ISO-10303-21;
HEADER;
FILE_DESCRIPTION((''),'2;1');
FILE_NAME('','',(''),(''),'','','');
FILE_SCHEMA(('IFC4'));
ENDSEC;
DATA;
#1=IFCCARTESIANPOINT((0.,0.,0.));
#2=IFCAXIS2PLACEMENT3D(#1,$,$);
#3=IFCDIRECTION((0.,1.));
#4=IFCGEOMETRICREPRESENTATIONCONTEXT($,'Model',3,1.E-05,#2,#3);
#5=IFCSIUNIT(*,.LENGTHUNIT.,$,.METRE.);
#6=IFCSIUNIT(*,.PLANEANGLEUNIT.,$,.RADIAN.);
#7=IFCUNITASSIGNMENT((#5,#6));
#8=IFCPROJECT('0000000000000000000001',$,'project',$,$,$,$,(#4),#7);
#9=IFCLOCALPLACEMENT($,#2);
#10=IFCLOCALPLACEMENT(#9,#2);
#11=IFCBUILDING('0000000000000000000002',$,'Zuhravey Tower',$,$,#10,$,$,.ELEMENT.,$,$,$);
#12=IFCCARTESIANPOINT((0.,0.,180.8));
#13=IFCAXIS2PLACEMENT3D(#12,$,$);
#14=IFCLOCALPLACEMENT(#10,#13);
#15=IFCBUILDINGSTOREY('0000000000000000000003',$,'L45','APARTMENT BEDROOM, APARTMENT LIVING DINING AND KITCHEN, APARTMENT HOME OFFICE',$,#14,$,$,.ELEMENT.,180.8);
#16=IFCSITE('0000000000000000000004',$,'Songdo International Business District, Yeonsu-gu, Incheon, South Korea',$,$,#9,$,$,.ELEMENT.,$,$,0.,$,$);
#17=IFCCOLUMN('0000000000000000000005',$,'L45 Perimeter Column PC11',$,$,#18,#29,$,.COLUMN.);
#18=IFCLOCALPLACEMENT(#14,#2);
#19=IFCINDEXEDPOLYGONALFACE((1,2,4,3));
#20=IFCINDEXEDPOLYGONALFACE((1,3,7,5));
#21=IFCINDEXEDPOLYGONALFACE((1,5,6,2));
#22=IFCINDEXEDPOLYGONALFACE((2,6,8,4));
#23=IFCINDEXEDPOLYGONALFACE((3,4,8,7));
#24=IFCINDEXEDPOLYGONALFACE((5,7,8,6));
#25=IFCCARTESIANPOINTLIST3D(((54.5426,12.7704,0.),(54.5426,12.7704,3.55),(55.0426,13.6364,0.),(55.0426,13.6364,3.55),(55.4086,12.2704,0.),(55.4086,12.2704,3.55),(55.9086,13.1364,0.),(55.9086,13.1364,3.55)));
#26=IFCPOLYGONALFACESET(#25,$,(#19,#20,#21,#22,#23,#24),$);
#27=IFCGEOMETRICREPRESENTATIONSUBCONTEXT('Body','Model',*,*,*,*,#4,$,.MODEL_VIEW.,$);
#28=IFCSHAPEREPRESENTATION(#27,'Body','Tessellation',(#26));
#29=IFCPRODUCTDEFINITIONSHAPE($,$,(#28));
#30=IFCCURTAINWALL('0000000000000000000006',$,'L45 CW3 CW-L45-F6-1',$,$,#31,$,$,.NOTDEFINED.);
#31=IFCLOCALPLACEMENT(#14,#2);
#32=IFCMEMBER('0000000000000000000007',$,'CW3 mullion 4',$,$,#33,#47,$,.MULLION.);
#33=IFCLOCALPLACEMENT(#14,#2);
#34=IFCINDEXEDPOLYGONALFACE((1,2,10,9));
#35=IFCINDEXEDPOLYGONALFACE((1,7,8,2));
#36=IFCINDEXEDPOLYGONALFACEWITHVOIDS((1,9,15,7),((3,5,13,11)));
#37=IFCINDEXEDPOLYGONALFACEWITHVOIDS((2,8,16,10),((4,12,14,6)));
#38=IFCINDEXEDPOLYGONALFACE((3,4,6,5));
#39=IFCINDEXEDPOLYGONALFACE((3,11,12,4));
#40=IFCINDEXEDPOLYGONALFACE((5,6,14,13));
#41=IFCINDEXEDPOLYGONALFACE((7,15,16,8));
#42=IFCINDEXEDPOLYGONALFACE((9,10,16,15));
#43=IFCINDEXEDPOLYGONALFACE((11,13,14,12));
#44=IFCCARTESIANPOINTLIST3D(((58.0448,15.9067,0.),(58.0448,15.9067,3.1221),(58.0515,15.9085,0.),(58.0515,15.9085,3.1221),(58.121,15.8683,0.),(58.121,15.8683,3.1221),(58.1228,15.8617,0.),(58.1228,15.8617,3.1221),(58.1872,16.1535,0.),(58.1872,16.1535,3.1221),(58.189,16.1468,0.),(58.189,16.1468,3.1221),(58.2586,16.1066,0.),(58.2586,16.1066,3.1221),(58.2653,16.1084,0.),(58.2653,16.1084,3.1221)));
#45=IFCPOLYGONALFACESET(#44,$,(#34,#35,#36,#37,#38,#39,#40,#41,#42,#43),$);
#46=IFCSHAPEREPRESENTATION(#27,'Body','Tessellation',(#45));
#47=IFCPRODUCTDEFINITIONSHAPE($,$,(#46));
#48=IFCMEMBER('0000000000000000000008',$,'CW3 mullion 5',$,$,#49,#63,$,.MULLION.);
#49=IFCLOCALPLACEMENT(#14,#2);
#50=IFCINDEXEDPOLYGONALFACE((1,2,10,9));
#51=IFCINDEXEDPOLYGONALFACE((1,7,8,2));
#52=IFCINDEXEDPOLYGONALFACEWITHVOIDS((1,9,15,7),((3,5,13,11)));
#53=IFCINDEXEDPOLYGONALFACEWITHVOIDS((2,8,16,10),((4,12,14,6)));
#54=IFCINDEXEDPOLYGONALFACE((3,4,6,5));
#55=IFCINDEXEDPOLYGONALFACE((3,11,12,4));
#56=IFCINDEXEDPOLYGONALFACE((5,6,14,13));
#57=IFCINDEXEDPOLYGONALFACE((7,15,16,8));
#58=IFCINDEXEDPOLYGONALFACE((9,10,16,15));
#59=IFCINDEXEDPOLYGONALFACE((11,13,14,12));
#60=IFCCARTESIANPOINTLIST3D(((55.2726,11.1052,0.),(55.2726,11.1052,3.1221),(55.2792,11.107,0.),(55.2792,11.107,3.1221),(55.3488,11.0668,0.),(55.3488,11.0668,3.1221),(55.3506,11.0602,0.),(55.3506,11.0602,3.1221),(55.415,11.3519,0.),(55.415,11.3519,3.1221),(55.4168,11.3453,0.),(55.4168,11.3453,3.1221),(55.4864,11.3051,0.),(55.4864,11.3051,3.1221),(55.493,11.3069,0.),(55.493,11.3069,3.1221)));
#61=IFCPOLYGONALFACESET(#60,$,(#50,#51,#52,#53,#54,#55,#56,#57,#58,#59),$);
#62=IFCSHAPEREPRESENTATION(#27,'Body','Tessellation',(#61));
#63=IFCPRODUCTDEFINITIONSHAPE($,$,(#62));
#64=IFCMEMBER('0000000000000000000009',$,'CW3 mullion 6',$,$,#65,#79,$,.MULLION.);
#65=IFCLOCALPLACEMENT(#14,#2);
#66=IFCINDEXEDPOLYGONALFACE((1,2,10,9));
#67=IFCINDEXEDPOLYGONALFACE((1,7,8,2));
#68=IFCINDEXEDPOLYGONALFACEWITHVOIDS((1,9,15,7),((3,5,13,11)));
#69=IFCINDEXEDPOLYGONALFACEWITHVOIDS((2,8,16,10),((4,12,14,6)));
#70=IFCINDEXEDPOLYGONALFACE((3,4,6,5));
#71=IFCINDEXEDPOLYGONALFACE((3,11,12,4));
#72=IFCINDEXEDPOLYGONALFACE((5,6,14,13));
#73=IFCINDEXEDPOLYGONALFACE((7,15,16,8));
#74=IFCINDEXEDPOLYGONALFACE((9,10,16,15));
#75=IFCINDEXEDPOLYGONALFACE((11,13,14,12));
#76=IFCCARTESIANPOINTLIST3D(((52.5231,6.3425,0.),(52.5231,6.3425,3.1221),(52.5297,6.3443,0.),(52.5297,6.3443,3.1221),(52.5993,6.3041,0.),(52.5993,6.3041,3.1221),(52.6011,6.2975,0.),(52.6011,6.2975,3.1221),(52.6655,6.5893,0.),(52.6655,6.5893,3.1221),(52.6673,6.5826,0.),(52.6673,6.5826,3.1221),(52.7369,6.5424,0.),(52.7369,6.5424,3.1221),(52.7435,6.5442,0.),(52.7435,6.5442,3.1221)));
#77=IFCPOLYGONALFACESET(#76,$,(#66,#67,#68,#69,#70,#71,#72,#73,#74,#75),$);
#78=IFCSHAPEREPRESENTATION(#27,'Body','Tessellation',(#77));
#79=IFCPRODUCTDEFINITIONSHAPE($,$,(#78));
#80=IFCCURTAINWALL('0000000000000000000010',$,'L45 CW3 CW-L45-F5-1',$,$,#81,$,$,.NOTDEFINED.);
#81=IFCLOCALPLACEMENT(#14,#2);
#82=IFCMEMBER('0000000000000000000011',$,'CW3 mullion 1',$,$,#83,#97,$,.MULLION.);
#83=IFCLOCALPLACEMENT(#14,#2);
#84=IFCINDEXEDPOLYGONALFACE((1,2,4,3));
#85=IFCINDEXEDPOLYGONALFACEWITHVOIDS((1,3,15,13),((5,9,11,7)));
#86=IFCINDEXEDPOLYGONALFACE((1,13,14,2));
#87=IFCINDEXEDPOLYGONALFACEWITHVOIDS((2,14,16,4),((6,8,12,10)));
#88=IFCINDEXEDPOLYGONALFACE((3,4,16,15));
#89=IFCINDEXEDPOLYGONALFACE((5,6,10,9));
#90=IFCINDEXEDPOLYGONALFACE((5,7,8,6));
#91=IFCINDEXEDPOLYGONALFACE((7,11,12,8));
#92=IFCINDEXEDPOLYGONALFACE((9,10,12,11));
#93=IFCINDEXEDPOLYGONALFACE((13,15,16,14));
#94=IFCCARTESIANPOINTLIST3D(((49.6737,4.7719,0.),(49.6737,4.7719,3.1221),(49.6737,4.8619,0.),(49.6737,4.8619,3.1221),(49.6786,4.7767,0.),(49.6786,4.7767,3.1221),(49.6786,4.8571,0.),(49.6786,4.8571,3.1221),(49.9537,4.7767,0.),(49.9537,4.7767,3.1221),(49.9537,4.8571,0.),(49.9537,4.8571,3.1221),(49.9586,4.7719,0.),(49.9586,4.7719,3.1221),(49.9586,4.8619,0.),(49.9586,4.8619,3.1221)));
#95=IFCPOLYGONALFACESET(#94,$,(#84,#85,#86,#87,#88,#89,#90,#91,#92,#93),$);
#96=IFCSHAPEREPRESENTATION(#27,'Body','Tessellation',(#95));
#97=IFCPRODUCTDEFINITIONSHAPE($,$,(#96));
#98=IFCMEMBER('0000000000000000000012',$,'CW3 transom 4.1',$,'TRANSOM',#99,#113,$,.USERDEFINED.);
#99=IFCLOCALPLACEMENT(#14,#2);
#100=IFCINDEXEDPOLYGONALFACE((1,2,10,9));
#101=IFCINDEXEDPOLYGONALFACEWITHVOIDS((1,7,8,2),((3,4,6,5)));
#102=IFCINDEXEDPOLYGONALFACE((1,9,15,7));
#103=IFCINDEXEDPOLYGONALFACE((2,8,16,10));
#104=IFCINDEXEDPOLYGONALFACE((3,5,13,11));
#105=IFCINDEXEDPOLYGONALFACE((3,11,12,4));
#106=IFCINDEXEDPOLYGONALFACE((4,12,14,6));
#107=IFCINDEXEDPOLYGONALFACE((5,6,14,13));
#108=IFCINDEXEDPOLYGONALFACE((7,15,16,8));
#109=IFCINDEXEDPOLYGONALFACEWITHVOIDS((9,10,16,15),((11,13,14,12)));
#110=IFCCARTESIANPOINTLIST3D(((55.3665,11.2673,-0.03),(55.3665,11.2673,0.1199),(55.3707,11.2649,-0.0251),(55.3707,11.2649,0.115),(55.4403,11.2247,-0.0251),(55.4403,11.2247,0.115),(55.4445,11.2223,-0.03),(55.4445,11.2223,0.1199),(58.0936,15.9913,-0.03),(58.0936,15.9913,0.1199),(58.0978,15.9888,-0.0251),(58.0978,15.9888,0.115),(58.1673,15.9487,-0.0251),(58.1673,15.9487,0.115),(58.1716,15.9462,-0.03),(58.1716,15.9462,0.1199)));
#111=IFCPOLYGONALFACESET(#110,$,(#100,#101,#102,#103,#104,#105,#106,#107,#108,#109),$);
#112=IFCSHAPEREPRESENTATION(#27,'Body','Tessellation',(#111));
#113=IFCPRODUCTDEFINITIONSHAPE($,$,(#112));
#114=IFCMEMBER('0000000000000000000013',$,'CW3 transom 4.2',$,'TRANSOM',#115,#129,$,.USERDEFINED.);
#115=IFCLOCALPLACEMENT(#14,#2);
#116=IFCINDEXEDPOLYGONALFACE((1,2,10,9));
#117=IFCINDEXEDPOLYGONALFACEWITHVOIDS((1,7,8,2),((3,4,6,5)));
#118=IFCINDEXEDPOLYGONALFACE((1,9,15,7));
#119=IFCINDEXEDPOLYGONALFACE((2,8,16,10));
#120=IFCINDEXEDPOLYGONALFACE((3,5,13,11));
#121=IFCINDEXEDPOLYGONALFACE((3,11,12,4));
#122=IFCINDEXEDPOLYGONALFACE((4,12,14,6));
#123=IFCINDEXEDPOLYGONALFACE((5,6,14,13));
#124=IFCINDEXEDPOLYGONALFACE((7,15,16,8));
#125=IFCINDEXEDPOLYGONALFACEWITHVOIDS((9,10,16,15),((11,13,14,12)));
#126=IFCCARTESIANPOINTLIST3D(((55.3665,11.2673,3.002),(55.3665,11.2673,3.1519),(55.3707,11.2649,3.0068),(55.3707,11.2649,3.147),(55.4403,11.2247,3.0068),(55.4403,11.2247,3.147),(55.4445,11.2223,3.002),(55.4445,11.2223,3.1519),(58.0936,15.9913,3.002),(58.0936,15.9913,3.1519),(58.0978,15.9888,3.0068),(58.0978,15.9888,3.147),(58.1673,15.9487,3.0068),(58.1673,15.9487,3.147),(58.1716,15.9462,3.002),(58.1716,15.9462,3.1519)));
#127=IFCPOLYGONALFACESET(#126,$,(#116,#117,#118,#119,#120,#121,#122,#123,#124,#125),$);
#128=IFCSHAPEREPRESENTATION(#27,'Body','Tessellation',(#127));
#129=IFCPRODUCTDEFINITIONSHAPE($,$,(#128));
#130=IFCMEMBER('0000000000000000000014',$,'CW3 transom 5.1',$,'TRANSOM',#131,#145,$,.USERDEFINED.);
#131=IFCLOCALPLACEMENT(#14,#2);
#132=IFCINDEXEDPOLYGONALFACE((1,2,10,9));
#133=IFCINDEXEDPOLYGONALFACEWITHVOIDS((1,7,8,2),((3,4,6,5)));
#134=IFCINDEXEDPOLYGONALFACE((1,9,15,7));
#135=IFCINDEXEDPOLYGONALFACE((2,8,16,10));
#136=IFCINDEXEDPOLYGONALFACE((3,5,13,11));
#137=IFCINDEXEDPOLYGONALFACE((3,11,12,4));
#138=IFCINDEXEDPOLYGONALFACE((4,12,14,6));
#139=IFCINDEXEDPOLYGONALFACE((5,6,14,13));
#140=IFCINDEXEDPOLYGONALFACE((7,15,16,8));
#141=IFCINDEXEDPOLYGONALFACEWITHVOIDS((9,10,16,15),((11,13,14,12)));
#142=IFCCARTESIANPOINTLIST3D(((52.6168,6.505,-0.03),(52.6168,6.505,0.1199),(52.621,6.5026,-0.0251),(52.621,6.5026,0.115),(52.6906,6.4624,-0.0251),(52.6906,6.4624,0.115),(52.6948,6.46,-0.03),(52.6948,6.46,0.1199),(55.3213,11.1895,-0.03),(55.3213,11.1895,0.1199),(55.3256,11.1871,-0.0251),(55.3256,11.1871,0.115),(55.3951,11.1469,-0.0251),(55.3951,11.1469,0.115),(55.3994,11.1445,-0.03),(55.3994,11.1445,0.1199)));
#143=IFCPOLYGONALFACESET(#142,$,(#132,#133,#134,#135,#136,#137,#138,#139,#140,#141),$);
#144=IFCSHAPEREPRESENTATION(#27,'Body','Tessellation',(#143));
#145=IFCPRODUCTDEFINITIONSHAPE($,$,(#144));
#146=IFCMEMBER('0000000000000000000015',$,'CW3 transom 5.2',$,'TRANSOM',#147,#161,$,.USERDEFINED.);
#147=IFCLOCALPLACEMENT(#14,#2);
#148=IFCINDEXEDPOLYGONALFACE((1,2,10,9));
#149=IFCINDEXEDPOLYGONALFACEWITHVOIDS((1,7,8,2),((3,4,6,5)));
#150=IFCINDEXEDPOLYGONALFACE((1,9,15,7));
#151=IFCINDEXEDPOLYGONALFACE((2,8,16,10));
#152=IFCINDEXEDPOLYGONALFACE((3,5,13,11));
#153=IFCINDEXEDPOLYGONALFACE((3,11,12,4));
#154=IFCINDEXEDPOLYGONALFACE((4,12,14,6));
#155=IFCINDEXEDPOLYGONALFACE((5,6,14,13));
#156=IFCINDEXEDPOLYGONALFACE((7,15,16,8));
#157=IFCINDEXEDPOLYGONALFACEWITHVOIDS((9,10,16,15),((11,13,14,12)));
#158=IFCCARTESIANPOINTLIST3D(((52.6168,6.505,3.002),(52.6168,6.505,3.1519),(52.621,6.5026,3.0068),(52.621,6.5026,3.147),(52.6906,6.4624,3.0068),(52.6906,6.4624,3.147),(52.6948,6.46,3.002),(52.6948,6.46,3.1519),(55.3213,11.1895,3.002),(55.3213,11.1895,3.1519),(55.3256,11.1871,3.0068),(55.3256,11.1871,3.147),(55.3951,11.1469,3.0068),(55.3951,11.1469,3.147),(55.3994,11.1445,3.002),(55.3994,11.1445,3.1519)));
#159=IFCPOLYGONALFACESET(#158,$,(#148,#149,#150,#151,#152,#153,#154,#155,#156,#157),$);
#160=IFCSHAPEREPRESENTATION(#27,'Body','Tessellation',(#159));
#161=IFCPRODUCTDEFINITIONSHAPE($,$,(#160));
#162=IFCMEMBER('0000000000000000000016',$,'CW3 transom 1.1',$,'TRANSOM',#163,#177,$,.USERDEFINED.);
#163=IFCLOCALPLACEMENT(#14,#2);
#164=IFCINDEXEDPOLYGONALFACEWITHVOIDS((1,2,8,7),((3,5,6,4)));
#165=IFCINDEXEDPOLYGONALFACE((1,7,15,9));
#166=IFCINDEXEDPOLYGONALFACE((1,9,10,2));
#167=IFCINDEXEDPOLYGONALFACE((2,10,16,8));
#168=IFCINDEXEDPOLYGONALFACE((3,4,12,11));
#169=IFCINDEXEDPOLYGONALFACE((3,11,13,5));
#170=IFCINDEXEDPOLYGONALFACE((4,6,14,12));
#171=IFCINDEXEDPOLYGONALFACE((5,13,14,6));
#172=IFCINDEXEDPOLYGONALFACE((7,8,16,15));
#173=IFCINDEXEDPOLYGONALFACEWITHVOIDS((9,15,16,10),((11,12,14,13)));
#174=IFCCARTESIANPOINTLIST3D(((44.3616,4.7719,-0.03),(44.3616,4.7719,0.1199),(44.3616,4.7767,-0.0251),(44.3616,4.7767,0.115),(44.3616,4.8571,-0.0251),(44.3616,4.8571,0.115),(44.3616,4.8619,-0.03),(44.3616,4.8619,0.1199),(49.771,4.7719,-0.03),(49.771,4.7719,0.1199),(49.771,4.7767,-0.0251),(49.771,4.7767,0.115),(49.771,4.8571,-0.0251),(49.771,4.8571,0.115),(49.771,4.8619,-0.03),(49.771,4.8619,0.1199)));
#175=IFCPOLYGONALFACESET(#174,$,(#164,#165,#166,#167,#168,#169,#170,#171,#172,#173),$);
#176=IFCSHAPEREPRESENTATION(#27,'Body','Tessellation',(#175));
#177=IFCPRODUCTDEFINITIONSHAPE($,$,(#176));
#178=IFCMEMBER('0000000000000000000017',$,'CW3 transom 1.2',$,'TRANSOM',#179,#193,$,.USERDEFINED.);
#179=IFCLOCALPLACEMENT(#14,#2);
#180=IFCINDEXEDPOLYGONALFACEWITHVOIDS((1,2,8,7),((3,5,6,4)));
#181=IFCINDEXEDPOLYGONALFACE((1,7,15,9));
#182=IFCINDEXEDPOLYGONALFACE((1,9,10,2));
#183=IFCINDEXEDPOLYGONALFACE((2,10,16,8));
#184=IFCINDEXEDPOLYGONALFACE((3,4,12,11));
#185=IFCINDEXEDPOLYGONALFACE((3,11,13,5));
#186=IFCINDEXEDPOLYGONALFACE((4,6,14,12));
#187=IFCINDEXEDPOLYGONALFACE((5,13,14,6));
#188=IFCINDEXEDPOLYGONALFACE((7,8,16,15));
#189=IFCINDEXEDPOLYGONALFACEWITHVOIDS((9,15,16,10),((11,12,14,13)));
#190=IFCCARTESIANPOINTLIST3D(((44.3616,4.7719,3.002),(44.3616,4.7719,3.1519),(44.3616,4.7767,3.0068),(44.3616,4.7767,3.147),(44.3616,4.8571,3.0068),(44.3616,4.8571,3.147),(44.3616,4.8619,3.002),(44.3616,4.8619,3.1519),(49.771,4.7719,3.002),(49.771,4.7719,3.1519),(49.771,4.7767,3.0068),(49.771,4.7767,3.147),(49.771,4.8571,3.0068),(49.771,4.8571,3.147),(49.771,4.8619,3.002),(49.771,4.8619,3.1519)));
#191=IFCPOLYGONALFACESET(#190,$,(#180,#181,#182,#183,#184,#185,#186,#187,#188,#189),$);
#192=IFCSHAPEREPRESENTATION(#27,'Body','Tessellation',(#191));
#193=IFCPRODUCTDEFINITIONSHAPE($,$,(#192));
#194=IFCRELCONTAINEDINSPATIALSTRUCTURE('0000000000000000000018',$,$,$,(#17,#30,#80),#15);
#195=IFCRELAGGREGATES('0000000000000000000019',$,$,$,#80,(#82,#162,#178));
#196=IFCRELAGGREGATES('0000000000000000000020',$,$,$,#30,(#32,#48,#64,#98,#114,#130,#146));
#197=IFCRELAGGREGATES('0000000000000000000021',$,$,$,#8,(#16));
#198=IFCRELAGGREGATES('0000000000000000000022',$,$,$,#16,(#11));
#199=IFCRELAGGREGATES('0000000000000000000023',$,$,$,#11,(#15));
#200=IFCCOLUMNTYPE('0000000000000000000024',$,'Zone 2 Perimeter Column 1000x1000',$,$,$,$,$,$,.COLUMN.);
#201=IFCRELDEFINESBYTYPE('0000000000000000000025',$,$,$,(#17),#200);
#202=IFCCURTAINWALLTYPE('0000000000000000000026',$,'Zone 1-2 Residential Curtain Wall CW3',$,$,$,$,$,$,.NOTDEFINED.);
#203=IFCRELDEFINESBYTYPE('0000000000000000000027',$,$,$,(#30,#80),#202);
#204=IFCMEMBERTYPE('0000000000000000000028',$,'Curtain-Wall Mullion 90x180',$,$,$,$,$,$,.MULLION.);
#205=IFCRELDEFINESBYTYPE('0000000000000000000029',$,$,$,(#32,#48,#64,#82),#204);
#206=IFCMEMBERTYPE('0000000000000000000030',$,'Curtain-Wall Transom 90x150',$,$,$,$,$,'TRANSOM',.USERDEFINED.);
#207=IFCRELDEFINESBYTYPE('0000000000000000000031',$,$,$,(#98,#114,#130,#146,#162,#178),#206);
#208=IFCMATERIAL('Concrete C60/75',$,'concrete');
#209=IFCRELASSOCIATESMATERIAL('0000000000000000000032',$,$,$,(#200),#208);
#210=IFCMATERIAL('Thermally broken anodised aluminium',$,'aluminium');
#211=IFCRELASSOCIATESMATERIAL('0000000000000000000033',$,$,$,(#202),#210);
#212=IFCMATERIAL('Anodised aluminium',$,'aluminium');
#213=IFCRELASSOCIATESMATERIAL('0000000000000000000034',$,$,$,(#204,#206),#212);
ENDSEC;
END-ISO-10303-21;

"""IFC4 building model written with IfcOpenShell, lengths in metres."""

from ifc_helpers import new_model, si_unit, direction, frame, origin, origin_2d, place, context, subcontext, project, spatial, rectangle, hollow_rectangle, extrude, material, material_profile, profile_set, type_object, element, aggregate, save


model = new_model("IFC4")

# Units and contexts
model_context = context("Model", 3, precision=1e-05, world=origin(), true_north=direction((0.0, 1.0)))
body_context = subcontext(model_context, "Body", "Model", "MODEL_VIEW")
ifc_project = project(units=[si_unit("LENGTHUNIT", "METRE"), si_unit("PLANEANGLEUNIT", "RADIAN")], contexts=[model_context])

# Site, building, storey
site_placement = place(None, origin())
site = spatial("IfcSite", under=ifc_project, at=site_placement, Name="Songdo International Business District, Yeonsu-gu, Incheon, South Korea", CompositionType="ELEMENT", RefElevation=0.0)
building_placement = place(site_placement, origin())
building = spatial("IfcBuilding", under=site, at=building_placement, Name="Zuhravey Tower", CompositionType="ELEMENT")
storey_placement = place(building_placement, frame((0.0, 0.0, 180.8)))
storey = spatial("IfcBuildingStorey", under=building, at=storey_placement, Name="L45", Description="APARTMENT BEDROOM, APARTMENT LIVING DINING AND KITCHEN, APARTMENT HOME OFFICE", CompositionType="ELEMENT", Elevation=180.8)

# Column
ifc_material_1 = material(Name="Concrete C60/75", Category="concrete")
ifc_material_profile_1 = material_profile(ifc_material_1, rectangle(XDim=1.0, YDim=1.0, at=origin_2d()), Name="RC-1000x1000")
ifc_profile_set_1 = profile_set([ifc_material_profile_1], Name="Concrete C60/75")
column_type = type_object("IfcColumnType", Name="Zone 2 Perimeter Column 1000x1000", PredefinedType="COLUMN", material=ifc_profile_set_1)
column_placement = place(storey_placement, frame((55.2256, 12.9534, 0.0), z_axis=(0.0, 0.0, 1.0), x_axis=(0.5, 0.866025, 0.0)))
element("IfcColumn", 1, at=column_placement, inside=storey, type_object=column_type, Name="L45 Perimeter Column PC11", PredefinedType="COLUMN", context=body_context, shape_type="SweptSolid", body=[
    extrude(rectangle(XDim=1.0, YDim=1.0, at=origin_2d()), origin(), (0.0, 0.0, 1.0), 3.55),
])

# Curtain wall, members
ifc_material_2 = material(Name="Thermally broken anodised aluminium", Category="aluminium")
curtain_wall_type = type_object("IfcCurtainWallType", Name="Zone 1-2 Residential Curtain Wall CW3", PredefinedType="NOTDEFINED", material=ifc_material_2)
curtain_wall_1_placement = place(storey_placement, origin())
curtain_wall_1 = element("IfcCurtainWall", 2, at=curtain_wall_1_placement, inside=storey, type_object=curtain_wall_type, Name="L45 CW3 CW-L45-F6-1", PredefinedType="NOTDEFINED")
ifc_material_3 = material(Name="Anodised aluminium", Category="aluminium")
ifc_material_profile_2 = material_profile(ifc_material_3, hollow_rectangle(XDim=0.0901, YDim=0.2849, WallThickness=0.0049, at=origin_2d()), Name="ALU-RHS-90x285x5")
ifc_profile_set_2 = profile_set([ifc_material_profile_2], Name="Anodised aluminium")
member_type_1 = type_object("IfcMemberType", Name="Curtain-Wall Mullion 90x180", PredefinedType="MULLION", material=ifc_profile_set_2)
member_1_placement = place(storey_placement, frame((58.155, 16.0076, 0.0), z_axis=(0.0, 0.0, 1.0), x_axis=(0.866025, -0.5, 0.0)))
member_1 = element("IfcMember", 3, at=member_1_placement, type_object=member_type_1, Name="CW3 mullion 4", PredefinedType="MULLION", context=body_context, shape_type="SweptSolid", body=[
    extrude(hollow_rectangle(XDim=0.0901, YDim=0.2849, WallThickness=0.0049, at=origin_2d()), origin(), (0.0, 0.0, 1.0), 3.1221),
])
member_2_placement = place(storey_placement, frame((55.3828, 11.2061, 0.0), z_axis=(0.0, 0.0, 1.0), x_axis=(0.866025, -0.5, 0.0)))
member_2 = element("IfcMember", 4, at=member_2_placement, type_object=member_type_1, Name="CW3 mullion 5", PredefinedType="MULLION", context=body_context, shape_type="SweptSolid", body=[
    extrude(hollow_rectangle(XDim=0.0901, YDim=0.2849, WallThickness=0.0049, at=origin_2d()), origin(), (0.0, 0.0, 1.0), 3.1221),
])
member_3_placement = place(storey_placement, frame((52.6333, 6.4434, 0.0), z_axis=(0.0, 0.0, 1.0), x_axis=(0.866025, -0.5, 0.0)))
member_3 = element("IfcMember", 5, at=member_3_placement, type_object=member_type_1, Name="CW3 mullion 6", PredefinedType="MULLION", context=body_context, shape_type="SweptSolid", body=[
    extrude(hollow_rectangle(XDim=0.0901, YDim=0.2849, WallThickness=0.0049, at=origin_2d()), origin(), (0.0, 0.0, 1.0), 3.1221),
])

# Curtain wall, member
curtain_wall_2_placement = place(storey_placement, origin())
curtain_wall_2 = element("IfcCurtainWall", 6, at=curtain_wall_2_placement, inside=storey, type_object=curtain_wall_type, Name="L45 CW3 CW-L45-F5-1", PredefinedType="NOTDEFINED")
member_4_placement = place(storey_placement, frame((49.8162, 4.8169, 0.0), z_axis=(0.0, 0.0, 1.0), x_axis=(0.0, -1.0, 0.0)))
member_4 = element("IfcMember", 7, at=member_4_placement, type_object=member_type_1, Name="CW3 mullion 1", PredefinedType="MULLION", context=body_context, shape_type="SweptSolid", body=[
    extrude(hollow_rectangle(XDim=0.0901, YDim=0.2849, WallThickness=0.0049, at=origin_2d()), origin(), (0.0, 0.0, 1.0), 3.1221),
])

# Members
ifc_material_profile_3 = material_profile(ifc_material_3, hollow_rectangle(XDim=0.0901, YDim=0.1499, WallThickness=0.0049, at=origin_2d()), Name="ALU-RHS-90x150x5")
ifc_profile_set_3 = profile_set([ifc_material_profile_3], Name="Anodised aluminium")
member_type_2 = type_object("IfcMemberType", Name="Curtain-Wall Transom 90x150", ElementType="TRANSOM", PredefinedType="USERDEFINED", material=ifc_profile_set_3)
member_5_placement = place(storey_placement, frame((58.1326, 15.9688, 0.0449), z_axis=(-0.499961, -0.866048, 0.0), x_axis=(0.866048, -0.499961, 0.0)))
member_5 = element("IfcMember", 8, at=member_5_placement, type_object=member_type_2, Name="CW3 transom 4.1", ObjectType="TRANSOM", PredefinedType="USERDEFINED", context=body_context, shape_type="SweptSolid", body=[
    extrude(hollow_rectangle(XDim=0.0901, YDim=0.1499, WallThickness=0.0049, at=origin_2d()), origin(), (0.0, 0.0, 1.0), 5.4546),
])
member_6_placement = place(storey_placement, frame((58.1326, 15.9688, 3.0769), z_axis=(-0.499961, -0.866048, 0.0), x_axis=(0.866048, -0.499961, 0.0)))
member_6 = element("IfcMember", 9, at=member_6_placement, type_object=member_type_2, Name="CW3 transom 4.2", ObjectType="TRANSOM", PredefinedType="USERDEFINED", context=body_context, shape_type="SweptSolid", body=[
    extrude(hollow_rectangle(XDim=0.0901, YDim=0.1499, WallThickness=0.0049, at=origin_2d()), origin(), (0.0, 0.0, 1.0), 5.4546),
])
member_7_placement = place(storey_placement, frame((55.3604, 11.167, 0.0449), z_axis=(-0.499993, -0.866029, 0.0), x_axis=(0.866029, -0.499993, 0.0)))
member_7 = element("IfcMember", 10, at=member_7_placement, type_object=member_type_2, Name="CW3 transom 5.1", ObjectType="TRANSOM", PredefinedType="USERDEFINED", context=body_context, shape_type="SweptSolid", body=[
    extrude(hollow_rectangle(XDim=0.0901, YDim=0.1499, WallThickness=0.0049, at=origin_2d()), origin(), (0.0, 0.0, 1.0), 5.4092),
])
member_8_placement = place(storey_placement, frame((55.3604, 11.167, 3.0769), z_axis=(-0.499993, -0.866029, 0.0), x_axis=(0.866029, -0.499993, 0.0)))
member_8 = element("IfcMember", 11, at=member_8_placement, type_object=member_type_2, Name="CW3 transom 5.2", ObjectType="TRANSOM", PredefinedType="USERDEFINED", context=body_context, shape_type="SweptSolid", body=[
    extrude(hollow_rectangle(XDim=0.0901, YDim=0.1499, WallThickness=0.0049, at=origin_2d()), origin(), (0.0, 0.0, 1.0), 5.4092),
])
member_9_placement = place(storey_placement, frame((49.771, 4.8169, 0.0449), z_axis=(-1.0, 0.0, 0.0), x_axis=(0.0, -1.0, 0.0)))
member_9 = element("IfcMember", 12, at=member_9_placement, type_object=member_type_2, Name="CW3 transom 1.1", ObjectType="TRANSOM", PredefinedType="USERDEFINED", context=body_context, shape_type="SweptSolid", body=[
    extrude(hollow_rectangle(XDim=0.0901, YDim=0.1499, WallThickness=0.0049, at=origin_2d()), origin(), (0.0, 0.0, 1.0), 5.4094),
])
member_10_placement = place(storey_placement, frame((49.771, 4.8169, 3.0769), z_axis=(-1.0, 0.0, 0.0), x_axis=(0.0, -1.0, 0.0)))
member_10 = element("IfcMember", 13, at=member_10_placement, type_object=member_type_2, Name="CW3 transom 1.2", ObjectType="TRANSOM", PredefinedType="USERDEFINED", context=body_context, shape_type="SweptSolid", body=[
    extrude(hollow_rectangle(XDim=0.0901, YDim=0.1499, WallThickness=0.0049, at=origin_2d()), origin(), (0.0, 0.0, 1.0), 5.4094),
])
aggregate(curtain_wall_2, [member_4, member_9, member_10])

aggregate(curtain_wall_1, [member_1, member_2, member_3, member_5, member_6, member_7, member_8])

save(model, "model.ifc")
